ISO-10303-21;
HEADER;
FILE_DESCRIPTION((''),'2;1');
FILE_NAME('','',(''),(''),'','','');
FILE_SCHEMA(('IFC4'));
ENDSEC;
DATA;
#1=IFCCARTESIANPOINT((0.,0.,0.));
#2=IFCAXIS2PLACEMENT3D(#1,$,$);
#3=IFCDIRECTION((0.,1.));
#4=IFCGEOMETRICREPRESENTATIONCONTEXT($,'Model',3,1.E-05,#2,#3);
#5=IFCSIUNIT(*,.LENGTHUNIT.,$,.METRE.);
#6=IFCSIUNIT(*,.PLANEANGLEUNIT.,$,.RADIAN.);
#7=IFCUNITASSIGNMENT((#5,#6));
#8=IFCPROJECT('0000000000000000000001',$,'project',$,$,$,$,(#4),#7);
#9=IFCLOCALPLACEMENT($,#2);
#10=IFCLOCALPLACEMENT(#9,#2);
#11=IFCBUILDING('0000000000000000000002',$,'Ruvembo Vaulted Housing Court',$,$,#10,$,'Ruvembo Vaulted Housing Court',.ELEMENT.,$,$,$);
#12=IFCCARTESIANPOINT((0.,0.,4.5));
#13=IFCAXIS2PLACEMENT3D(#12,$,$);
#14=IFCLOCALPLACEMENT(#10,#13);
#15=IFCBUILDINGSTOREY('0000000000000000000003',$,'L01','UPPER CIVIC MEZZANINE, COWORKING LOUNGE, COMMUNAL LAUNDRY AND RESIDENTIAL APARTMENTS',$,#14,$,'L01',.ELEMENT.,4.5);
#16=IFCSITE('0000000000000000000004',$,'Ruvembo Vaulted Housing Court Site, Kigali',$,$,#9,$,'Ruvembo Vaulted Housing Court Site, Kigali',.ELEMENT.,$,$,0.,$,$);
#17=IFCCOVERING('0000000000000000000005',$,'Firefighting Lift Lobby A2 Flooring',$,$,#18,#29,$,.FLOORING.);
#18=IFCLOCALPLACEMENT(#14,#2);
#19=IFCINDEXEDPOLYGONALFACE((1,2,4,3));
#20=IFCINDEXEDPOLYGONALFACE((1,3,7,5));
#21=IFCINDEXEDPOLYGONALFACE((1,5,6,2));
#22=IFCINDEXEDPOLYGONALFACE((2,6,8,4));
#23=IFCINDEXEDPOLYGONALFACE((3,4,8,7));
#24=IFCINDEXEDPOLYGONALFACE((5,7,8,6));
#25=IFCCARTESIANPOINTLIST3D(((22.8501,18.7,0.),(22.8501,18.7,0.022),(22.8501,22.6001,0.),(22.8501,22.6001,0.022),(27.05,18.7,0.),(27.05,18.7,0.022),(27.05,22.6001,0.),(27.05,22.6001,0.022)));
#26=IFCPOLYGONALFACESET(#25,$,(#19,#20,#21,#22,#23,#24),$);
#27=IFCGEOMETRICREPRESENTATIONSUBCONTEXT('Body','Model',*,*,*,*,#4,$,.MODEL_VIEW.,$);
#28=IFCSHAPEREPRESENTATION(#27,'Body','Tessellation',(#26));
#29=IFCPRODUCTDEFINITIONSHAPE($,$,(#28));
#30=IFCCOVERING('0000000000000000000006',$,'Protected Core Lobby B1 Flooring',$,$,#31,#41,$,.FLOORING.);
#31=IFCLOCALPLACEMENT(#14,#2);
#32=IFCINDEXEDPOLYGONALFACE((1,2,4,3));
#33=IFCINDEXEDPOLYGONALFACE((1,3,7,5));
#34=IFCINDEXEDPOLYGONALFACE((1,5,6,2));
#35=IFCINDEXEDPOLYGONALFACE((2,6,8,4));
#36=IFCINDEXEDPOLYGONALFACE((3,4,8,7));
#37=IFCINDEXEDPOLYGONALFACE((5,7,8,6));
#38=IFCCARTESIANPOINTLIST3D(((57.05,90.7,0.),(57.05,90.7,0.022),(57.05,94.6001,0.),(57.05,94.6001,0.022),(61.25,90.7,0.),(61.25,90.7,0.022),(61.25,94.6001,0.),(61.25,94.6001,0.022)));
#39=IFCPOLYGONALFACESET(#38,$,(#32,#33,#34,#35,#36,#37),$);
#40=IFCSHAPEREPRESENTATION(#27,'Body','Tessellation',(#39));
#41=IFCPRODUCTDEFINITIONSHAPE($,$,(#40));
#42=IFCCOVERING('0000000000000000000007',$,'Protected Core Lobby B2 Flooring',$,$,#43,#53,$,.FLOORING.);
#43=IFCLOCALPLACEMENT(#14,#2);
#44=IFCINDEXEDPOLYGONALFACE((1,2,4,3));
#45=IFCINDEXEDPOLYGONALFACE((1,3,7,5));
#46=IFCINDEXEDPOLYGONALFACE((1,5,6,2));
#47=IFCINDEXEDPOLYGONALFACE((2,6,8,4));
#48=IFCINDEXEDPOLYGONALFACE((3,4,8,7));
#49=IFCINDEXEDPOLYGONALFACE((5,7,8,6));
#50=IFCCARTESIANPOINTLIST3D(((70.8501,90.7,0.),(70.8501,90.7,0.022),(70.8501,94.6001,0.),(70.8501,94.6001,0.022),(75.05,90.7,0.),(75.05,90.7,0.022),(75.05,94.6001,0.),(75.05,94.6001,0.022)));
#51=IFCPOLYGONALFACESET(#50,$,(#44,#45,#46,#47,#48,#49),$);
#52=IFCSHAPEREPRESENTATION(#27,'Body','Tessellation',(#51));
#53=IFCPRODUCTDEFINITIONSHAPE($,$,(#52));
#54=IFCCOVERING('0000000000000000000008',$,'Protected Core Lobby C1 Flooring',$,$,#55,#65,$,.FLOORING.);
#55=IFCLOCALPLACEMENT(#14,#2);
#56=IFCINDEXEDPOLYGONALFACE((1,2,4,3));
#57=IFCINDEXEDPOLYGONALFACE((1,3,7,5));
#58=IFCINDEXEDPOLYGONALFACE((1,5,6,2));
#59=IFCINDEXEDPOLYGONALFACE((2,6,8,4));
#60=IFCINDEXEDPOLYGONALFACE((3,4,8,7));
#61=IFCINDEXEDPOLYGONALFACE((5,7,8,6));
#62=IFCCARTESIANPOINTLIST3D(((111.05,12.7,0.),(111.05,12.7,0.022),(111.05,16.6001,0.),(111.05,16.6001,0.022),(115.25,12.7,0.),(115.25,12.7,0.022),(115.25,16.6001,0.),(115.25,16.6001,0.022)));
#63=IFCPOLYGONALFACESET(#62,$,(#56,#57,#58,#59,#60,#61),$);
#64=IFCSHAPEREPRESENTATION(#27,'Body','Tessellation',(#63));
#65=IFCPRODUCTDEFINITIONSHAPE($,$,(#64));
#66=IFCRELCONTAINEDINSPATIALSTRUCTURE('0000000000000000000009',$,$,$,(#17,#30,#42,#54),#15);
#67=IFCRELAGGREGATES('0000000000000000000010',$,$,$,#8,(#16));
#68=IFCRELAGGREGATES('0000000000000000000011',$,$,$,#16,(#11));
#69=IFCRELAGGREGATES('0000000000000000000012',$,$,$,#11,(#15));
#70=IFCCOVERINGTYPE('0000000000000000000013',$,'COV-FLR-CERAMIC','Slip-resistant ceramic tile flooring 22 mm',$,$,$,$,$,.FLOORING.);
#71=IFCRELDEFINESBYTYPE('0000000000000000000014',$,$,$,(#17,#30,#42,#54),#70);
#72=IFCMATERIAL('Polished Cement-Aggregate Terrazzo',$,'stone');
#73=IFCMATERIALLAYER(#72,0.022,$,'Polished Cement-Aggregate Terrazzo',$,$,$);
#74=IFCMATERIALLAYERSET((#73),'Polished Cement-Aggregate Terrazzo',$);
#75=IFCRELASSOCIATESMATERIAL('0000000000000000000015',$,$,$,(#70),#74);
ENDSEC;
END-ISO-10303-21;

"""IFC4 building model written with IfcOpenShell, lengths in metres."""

from ifc_helpers import new_model, si_unit, direction, frame, origin, place, context, subcontext, project, spatial, polyline, outline, extrude, material, layer, layer_set, type_object, element, save


model = new_model("IFC4")

# Units and contexts
model_context = context("Model", 3, precision=1e-05, world=origin(), true_north=direction((0.0, 1.0)))
body_context = subcontext(model_context, "Body", "Model", "MODEL_VIEW")
ifc_project = project(units=[si_unit("LENGTHUNIT", "METRE"), si_unit("PLANEANGLEUNIT", "RADIAN")], contexts=[model_context])

# Site, building, storey
site_placement = place(None, origin())
site = spatial("IfcSite", under=ifc_project, at=site_placement, Name="Ruvembo Vaulted Housing Court Site, Kigali", LongName="Ruvembo Vaulted Housing Court Site, Kigali", CompositionType="ELEMENT", RefElevation=0.0)
building_placement = place(site_placement, origin())
building = spatial("IfcBuilding", under=site, at=building_placement, Name="Ruvembo Vaulted Housing Court", LongName="Ruvembo Vaulted Housing Court", CompositionType="ELEMENT")
storey_placement = place(building_placement, frame((0.0, 0.0, 4.5)))
storey = spatial("IfcBuildingStorey", under=building, at=storey_placement, Name="L01", Description="UPPER CIVIC MEZZANINE, COWORKING LOUNGE, COMMUNAL LAUNDRY AND RESIDENTIAL APARTMENTS", LongName="L01", CompositionType="ELEMENT", Elevation=4.5)

# Coverings
ifc_material_1 = material(Name="Polished Cement-Aggregate Terrazzo", Category="stone")
ifc_layer_1 = layer(ifc_material_1, 0.022, Name="Polished Cement-Aggregate Terrazzo")
ifc_layer_set_1 = layer_set([ifc_layer_1], Name="Polished Cement-Aggregate Terrazzo")
covering_type_1 = type_object("IfcCoveringType", Name="COV-FLR-CERAMIC", Description="Slip-resistant ceramic tile flooring 22 mm", PredefinedType="FLOORING", material=ifc_layer_set_1)
covering_1_placement = place(storey_placement, origin())
element("IfcCovering", 1, at=covering_1_placement, inside=storey, type_object=covering_type_1, Name="Firefighting Lift Lobby A2 Flooring", PredefinedType="FLOORING", context=body_context, shape_type="SweptSolid", body=[
    extrude(outline(polyline([(22.8501, 22.6001), (22.8501, 18.7), (27.05, 18.7), (27.05, 22.6001), (22.8501, 22.6001)])), origin(), (0.0, 0.0, 1.0), 0.022),
])
covering_2_placement = place(storey_placement, origin())
element("IfcCovering", 2, at=covering_2_placement, inside=storey, type_object=covering_type_1, Name="Protected Core Lobby B1 Flooring", PredefinedType="FLOORING", context=body_context, shape_type="SweptSolid", body=[
    extrude(outline(polyline([(57.05, 94.6001), (57.05, 90.7), (61.25, 90.7), (61.25, 94.6001), (57.05, 94.6001)])), origin(), (0.0, 0.0, 1.0), 0.022),
])
covering_3_placement = place(storey_placement, origin())
element("IfcCovering", 3, at=covering_3_placement, inside=storey, type_object=covering_type_1, Name="Protected Core Lobby B2 Flooring", PredefinedType="FLOORING", context=body_context, shape_type="SweptSolid", body=[
    extrude(outline(polyline([(70.8501, 94.6001), (70.8501, 90.7), (75.05, 90.7), (75.05, 94.6001), (70.8501, 94.6001)])), origin(), (0.0, 0.0, 1.0), 0.022),
])
covering_4_placement = place(storey_placement, origin())
element("IfcCovering", 4, at=covering_4_placement, inside=storey, type_object=covering_type_1, Name="Protected Core Lobby C1 Flooring", PredefinedType="FLOORING", context=body_context, shape_type="SweptSolid", body=[
    extrude(outline(polyline([(111.05, 16.6001), (111.05, 12.7), (115.25, 12.7), (115.25, 16.6001), (111.05, 16.6001)])), origin(), (0.0, 0.0, 1.0), 0.022),
])

save(model, "model.ifc")
